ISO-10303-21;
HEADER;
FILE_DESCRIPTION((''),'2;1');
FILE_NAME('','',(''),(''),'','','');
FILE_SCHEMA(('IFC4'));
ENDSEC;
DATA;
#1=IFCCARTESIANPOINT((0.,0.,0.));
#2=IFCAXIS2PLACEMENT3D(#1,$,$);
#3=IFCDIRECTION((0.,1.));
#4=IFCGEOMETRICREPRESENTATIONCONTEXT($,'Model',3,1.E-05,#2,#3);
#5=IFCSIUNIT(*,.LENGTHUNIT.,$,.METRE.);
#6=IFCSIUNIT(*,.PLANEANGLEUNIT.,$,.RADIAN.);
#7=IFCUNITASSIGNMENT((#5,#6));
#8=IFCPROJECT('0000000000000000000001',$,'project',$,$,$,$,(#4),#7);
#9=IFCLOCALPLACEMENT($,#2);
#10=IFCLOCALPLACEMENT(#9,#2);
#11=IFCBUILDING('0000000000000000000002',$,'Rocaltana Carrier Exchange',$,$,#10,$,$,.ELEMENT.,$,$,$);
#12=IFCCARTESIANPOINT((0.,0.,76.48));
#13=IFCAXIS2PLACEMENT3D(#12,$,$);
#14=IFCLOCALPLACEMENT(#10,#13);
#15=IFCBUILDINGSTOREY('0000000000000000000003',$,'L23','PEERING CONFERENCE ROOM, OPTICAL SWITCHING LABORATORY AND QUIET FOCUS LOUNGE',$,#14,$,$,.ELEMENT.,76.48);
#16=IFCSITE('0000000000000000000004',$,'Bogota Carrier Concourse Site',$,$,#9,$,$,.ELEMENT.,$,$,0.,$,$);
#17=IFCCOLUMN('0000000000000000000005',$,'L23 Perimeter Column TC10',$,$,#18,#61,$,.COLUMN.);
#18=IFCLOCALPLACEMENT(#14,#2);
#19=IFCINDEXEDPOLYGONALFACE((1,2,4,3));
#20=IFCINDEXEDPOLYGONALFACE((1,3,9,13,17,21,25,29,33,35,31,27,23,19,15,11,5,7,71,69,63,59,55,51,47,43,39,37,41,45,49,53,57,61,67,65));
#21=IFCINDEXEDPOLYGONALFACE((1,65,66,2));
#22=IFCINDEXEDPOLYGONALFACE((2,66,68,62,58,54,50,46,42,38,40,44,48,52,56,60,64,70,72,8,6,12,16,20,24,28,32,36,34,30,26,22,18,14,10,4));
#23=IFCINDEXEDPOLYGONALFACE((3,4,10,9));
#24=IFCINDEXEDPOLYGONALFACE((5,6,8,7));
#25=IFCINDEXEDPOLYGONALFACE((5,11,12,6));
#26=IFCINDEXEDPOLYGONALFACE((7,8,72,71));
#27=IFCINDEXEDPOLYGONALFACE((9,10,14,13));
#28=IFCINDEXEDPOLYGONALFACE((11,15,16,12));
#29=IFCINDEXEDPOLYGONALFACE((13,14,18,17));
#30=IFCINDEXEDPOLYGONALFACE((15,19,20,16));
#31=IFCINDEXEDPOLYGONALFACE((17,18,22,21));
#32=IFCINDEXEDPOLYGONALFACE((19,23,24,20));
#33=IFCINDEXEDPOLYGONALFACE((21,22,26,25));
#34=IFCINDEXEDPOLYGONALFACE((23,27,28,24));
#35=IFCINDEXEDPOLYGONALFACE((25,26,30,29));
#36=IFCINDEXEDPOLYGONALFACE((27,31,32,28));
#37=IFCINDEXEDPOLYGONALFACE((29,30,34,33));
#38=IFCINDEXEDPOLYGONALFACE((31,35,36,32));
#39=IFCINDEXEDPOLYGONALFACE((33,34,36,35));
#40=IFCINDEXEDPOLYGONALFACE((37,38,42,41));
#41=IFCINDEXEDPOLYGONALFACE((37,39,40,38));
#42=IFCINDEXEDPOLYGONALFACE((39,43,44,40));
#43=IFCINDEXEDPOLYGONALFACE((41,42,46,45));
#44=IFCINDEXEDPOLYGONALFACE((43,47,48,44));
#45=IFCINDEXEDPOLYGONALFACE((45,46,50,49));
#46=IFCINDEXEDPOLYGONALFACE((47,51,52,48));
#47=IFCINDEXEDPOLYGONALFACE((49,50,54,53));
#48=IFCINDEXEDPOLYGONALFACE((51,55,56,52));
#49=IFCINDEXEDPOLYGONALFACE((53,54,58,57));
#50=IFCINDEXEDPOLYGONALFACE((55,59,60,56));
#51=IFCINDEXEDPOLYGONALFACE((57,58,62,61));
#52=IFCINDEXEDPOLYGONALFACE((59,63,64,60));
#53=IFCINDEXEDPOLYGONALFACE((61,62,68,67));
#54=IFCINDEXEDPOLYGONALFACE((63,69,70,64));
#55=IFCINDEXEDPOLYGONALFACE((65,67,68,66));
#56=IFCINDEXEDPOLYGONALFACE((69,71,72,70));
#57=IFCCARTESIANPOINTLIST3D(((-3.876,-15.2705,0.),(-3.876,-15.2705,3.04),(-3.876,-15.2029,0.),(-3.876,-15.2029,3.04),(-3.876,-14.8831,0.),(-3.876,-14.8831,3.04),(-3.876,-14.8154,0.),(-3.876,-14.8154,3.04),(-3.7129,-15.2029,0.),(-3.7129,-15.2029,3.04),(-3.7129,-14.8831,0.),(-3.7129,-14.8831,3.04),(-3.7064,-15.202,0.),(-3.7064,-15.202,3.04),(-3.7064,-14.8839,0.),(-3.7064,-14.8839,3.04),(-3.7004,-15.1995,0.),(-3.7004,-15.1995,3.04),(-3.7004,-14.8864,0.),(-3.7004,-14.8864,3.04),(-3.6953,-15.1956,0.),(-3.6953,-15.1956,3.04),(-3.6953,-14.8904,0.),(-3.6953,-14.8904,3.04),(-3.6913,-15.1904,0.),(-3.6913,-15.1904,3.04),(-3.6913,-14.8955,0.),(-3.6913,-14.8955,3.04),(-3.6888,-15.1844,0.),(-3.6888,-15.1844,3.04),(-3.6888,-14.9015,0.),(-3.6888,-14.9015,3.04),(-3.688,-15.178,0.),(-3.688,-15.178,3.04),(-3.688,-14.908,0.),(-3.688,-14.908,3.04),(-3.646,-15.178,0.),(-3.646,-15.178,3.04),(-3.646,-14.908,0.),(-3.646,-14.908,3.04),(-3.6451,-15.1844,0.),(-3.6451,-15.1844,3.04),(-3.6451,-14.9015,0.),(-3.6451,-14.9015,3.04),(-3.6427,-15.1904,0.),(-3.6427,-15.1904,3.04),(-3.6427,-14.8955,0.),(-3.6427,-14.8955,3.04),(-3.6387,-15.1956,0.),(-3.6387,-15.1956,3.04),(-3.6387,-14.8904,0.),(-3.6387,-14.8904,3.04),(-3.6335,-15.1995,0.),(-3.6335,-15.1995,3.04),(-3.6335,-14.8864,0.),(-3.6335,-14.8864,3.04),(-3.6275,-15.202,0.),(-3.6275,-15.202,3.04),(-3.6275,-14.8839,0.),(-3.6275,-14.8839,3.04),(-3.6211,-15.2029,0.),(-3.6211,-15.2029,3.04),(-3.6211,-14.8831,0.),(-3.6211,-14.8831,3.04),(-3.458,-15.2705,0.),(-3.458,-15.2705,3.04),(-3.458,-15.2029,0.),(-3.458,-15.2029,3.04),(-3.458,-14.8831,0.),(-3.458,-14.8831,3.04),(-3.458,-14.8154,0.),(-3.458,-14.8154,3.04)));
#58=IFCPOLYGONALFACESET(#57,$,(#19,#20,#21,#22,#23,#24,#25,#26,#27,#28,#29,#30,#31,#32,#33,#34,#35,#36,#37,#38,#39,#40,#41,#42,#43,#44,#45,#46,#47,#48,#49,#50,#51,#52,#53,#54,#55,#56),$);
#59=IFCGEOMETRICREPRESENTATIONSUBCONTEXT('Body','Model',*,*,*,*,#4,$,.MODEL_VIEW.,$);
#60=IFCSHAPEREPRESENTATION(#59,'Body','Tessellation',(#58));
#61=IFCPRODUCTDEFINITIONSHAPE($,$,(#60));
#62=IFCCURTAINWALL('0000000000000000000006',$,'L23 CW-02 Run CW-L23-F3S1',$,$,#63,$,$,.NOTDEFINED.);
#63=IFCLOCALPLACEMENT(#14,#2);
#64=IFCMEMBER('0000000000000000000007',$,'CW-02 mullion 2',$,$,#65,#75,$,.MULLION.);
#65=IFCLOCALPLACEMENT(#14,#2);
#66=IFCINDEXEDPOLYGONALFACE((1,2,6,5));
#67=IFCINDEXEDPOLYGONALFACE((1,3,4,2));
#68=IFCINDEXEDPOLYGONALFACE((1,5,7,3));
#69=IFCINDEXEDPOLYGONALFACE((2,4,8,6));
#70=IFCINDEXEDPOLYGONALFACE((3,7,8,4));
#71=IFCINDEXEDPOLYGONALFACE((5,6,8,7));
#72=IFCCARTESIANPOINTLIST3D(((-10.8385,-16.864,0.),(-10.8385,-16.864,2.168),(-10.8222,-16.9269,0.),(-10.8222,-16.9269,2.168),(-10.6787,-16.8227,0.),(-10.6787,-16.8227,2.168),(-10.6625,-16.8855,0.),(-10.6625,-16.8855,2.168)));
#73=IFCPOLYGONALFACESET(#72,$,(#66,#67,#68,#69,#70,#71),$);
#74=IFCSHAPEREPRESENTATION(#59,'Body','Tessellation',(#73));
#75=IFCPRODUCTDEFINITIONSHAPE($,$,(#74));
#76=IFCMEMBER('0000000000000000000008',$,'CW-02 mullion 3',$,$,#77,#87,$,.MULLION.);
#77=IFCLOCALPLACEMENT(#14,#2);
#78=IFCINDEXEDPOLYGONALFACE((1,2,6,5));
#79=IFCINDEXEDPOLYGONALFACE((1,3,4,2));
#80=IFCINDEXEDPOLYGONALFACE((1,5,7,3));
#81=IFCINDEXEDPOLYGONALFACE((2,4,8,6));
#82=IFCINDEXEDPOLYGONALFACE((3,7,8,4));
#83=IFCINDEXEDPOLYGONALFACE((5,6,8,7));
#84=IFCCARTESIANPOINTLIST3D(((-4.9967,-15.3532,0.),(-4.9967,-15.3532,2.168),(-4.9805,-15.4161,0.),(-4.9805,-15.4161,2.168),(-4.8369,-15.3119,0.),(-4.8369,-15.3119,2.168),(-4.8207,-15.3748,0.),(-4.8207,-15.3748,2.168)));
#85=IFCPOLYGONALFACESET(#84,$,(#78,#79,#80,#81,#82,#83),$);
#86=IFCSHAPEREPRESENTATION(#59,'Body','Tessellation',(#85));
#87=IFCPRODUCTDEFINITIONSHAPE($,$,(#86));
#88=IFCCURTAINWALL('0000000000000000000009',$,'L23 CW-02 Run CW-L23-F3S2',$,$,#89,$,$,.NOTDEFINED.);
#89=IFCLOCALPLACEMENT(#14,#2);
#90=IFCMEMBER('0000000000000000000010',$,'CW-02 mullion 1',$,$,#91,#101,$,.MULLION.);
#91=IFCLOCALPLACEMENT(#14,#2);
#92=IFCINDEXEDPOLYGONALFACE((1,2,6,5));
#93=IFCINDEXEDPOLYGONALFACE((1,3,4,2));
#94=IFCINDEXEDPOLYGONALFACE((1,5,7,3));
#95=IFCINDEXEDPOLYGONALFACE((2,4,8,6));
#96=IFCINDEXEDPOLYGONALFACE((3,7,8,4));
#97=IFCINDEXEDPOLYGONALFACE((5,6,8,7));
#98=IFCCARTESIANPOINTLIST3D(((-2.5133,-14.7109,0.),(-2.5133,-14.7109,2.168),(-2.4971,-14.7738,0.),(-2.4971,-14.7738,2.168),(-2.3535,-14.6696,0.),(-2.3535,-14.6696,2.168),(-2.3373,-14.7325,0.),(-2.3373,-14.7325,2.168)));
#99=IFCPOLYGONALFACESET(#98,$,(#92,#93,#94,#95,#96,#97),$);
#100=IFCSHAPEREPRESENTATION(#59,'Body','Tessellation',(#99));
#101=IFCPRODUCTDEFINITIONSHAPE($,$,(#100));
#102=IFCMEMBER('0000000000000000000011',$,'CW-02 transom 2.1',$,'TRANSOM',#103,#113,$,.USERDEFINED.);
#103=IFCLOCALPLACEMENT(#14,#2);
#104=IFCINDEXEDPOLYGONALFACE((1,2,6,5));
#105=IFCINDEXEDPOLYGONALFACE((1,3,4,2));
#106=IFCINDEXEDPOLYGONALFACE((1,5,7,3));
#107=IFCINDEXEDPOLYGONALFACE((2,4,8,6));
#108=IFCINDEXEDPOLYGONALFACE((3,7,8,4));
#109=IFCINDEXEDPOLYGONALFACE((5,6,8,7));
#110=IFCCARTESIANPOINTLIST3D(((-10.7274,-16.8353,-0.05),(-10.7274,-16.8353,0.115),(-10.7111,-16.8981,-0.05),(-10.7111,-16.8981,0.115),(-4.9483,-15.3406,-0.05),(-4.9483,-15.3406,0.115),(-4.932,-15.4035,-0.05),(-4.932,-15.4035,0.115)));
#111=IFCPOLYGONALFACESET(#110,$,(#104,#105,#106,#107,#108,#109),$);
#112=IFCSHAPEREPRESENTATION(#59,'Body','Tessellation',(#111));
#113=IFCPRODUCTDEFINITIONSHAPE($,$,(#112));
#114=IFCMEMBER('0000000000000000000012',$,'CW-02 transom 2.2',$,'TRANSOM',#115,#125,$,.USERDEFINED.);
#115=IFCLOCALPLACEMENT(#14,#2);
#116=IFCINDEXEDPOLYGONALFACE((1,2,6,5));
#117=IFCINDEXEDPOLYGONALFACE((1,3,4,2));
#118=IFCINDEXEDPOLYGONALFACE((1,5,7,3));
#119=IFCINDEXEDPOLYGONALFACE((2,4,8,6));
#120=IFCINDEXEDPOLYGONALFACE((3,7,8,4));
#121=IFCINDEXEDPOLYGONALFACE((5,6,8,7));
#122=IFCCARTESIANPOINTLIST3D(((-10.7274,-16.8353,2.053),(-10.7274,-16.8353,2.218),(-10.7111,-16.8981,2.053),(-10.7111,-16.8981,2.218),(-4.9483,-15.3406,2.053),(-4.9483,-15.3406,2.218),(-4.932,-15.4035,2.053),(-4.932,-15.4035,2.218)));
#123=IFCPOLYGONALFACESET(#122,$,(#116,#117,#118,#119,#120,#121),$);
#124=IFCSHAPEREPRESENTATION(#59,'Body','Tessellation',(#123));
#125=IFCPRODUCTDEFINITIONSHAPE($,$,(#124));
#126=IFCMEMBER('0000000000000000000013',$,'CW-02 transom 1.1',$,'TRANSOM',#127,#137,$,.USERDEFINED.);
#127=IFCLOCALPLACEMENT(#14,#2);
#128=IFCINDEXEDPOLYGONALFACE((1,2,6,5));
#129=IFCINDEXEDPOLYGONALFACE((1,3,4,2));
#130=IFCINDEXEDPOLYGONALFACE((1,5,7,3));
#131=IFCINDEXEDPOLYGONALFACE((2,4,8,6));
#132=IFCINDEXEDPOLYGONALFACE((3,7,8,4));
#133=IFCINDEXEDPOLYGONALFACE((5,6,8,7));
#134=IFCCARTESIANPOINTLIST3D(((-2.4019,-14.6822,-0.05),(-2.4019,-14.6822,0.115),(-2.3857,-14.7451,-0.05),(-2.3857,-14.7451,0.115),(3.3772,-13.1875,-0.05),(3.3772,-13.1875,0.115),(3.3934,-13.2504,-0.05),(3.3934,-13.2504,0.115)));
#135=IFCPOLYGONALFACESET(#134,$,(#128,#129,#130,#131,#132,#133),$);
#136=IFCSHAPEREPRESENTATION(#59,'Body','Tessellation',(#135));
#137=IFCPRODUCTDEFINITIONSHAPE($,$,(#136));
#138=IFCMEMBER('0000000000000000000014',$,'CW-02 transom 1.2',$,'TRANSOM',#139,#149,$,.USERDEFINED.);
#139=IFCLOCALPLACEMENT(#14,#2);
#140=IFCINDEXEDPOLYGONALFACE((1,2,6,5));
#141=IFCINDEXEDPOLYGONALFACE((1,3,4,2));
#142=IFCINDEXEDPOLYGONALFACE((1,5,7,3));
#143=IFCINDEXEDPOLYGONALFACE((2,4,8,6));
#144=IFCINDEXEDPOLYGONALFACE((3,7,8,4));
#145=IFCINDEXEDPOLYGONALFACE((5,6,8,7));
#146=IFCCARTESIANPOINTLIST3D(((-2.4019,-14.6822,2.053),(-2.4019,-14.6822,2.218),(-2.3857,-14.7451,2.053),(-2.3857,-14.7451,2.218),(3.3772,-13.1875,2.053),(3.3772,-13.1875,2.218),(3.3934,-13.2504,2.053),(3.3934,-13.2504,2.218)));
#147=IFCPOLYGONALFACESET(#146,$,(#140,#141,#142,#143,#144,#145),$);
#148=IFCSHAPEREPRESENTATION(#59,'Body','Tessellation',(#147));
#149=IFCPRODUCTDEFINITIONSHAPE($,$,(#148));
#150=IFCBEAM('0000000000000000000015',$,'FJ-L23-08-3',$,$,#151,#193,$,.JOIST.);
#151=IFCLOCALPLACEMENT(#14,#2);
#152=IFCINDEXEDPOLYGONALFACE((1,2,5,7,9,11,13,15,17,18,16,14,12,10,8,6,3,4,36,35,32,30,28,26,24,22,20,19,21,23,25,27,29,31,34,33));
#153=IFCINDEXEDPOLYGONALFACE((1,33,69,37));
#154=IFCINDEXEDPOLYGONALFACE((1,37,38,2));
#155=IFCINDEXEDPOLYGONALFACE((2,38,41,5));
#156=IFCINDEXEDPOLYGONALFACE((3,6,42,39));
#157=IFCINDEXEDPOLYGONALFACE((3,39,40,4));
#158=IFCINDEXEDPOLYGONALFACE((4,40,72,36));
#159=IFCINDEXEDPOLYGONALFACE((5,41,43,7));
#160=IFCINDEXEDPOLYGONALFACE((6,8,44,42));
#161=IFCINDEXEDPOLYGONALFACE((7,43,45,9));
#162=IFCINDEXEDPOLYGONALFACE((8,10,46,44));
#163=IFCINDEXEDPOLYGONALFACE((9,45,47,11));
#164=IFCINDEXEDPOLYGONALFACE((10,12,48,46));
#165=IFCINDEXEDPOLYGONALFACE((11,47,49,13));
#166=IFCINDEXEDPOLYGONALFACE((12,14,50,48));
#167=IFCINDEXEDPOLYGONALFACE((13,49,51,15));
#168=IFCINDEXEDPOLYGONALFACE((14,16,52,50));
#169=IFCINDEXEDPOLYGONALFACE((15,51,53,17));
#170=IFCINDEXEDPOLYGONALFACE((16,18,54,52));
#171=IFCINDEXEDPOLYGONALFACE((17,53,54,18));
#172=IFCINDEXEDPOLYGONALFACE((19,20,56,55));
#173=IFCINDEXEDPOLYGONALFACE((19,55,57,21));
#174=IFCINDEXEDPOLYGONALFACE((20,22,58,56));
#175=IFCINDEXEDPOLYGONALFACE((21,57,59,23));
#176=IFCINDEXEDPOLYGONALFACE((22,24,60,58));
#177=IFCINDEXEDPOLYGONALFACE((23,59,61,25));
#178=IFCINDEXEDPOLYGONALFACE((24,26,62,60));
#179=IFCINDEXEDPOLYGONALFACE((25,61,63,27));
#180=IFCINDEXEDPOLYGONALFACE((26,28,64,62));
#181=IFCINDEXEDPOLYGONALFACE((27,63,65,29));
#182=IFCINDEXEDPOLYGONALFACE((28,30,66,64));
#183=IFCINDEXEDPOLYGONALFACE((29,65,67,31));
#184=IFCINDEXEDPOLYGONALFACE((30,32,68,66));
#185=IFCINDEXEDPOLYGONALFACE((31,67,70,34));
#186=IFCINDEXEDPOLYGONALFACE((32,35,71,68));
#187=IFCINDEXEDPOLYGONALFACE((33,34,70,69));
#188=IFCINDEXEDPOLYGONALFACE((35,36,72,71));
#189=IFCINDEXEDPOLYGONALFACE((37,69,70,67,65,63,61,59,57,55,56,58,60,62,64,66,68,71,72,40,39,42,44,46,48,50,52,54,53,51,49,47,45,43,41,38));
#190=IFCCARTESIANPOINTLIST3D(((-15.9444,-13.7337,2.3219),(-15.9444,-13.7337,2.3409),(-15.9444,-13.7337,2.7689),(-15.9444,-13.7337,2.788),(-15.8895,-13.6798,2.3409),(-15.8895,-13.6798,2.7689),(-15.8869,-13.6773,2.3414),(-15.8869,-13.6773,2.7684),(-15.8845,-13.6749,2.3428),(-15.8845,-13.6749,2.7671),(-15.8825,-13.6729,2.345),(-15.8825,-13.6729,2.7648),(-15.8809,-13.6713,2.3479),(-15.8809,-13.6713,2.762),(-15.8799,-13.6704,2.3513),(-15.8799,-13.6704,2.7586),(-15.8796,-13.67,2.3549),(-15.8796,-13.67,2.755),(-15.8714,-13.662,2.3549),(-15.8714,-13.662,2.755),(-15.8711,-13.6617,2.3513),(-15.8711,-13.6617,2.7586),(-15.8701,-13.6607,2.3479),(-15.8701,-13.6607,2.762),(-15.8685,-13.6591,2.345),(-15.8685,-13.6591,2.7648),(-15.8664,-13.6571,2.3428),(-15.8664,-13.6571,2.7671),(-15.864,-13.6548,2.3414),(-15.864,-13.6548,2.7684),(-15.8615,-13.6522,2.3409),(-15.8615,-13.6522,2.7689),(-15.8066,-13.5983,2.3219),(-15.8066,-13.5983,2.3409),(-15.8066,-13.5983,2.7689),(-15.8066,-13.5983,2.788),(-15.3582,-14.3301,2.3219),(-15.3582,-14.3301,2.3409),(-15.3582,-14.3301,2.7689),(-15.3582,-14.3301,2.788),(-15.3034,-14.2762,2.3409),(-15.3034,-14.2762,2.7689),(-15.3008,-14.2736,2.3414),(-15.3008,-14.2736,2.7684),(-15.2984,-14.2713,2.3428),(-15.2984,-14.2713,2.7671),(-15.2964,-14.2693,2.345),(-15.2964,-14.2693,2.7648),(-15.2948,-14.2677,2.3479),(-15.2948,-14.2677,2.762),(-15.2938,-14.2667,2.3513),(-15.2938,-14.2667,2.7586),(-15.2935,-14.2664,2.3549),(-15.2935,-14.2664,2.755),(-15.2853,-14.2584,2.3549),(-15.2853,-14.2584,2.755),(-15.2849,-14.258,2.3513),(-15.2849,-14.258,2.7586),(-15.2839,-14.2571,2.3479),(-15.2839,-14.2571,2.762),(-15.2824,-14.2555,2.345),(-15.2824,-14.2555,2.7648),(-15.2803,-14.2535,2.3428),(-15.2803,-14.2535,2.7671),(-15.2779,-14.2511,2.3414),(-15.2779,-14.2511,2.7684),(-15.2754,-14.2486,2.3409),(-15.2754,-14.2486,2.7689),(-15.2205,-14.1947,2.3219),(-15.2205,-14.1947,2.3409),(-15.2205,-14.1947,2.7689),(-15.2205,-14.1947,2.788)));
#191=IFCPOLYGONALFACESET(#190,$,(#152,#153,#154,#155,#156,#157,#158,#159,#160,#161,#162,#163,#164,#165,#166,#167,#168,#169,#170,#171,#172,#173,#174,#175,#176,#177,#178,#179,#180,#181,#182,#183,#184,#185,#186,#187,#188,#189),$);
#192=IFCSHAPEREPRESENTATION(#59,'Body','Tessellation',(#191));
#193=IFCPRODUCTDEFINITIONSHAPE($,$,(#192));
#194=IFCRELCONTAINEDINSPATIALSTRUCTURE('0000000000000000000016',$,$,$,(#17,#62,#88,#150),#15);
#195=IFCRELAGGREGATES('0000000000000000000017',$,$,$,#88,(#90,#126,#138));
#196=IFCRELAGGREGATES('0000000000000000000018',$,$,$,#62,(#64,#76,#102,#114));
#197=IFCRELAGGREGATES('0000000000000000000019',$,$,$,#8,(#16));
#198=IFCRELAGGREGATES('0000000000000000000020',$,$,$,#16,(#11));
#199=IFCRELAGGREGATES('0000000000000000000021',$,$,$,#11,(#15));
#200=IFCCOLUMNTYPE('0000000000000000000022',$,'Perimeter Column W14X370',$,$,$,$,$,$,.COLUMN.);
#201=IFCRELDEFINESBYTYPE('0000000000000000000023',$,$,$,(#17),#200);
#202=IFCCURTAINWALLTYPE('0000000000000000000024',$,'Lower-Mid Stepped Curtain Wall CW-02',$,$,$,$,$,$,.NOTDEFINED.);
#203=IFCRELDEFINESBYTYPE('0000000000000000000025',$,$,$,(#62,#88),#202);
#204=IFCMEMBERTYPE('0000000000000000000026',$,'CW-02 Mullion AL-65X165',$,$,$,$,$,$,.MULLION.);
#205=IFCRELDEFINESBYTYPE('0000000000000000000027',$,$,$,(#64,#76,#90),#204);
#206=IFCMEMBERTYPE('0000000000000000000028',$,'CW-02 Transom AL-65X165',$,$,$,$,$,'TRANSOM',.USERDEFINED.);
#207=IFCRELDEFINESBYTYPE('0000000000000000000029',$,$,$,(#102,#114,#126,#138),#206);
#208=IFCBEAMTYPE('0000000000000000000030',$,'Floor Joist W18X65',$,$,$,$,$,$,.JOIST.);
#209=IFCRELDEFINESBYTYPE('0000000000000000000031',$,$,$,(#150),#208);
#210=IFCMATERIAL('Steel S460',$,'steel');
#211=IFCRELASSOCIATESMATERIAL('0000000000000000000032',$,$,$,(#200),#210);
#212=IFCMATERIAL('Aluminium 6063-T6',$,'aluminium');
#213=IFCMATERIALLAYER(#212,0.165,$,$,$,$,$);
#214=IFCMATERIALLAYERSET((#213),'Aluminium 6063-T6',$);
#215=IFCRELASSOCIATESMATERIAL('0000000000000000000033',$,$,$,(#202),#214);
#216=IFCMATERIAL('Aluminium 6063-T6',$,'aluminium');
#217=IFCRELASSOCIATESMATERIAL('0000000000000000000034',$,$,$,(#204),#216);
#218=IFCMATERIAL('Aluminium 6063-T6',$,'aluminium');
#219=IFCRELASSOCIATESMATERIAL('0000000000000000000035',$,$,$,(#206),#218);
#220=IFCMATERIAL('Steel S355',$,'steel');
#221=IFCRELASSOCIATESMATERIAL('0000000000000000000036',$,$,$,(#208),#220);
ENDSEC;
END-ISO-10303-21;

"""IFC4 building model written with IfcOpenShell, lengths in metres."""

from ifc_helpers import new_model, si_unit, direction, frame, origin, origin_2d, place, context, subcontext, project, spatial, rectangle, i_section, extrude, material, layer, layer_set, material_profile, profile_set, type_object, element, aggregate, save


model = new_model("IFC4")

# Units and contexts
model_context = context("Model", 3, precision=1e-05, world=origin(), true_north=direction((0.0, 1.0)))
body_context = subcontext(model_context, "Body", "Model", "MODEL_VIEW")
ifc_project = project(units=[si_unit("LENGTHUNIT", "METRE"), si_unit("PLANEANGLEUNIT", "RADIAN")], contexts=[model_context])

# Site, building, storey
site_placement = place(None, origin())
site = spatial("IfcSite", under=ifc_project, at=site_placement, Name="Bogota Carrier Concourse Site", CompositionType="ELEMENT", RefElevation=0.0)
building_placement = place(site_placement, origin())
building = spatial("IfcBuilding", under=site, at=building_placement, Name="Rocaltana Carrier Exchange", CompositionType="ELEMENT")
storey_placement = place(building_placement, frame((0.0, 0.0, 76.48)))
storey = spatial("IfcBuildingStorey", under=building, at=storey_placement, Name="L23", Description="PEERING CONFERENCE ROOM, OPTICAL SWITCHING LABORATORY AND QUIET FOCUS LOUNGE", CompositionType="ELEMENT", Elevation=76.48)

# Column
ifc_material_1 = material(Name="Steel S460", Category="steel")
ifc_material_profile_1 = material_profile(ifc_material_1, i_section(OverallWidth=0.418, OverallDepth=0.4551, WebThickness=0.042, FlangeThickness=0.0676, FilletRadius=0.0249, at=origin_2d()), Name="W14X370")
ifc_profile_set_1 = profile_set([ifc_material_profile_1], Name="Steel S460")
column_type = type_object("IfcColumnType", Name="Perimeter Column W14X370", PredefinedType="COLUMN", material=ifc_profile_set_1)
column_placement = place(storey_placement, frame((-3.667, -15.043, 0.0), z_axis=(0.0, 0.0, 1.0), x_axis=(1.0, 0.0, 0.0)))
element("IfcColumn", 1, at=column_placement, inside=storey, type_object=column_type, Name="L23 Perimeter Column TC10", PredefinedType="COLUMN", context=body_context, shape_type="SweptSolid", body=[
    extrude(i_section(OverallWidth=0.418, OverallDepth=0.4551, WebThickness=0.042, FlangeThickness=0.0676, FilletRadius=0.0249, at=origin_2d()), origin(), (0.0, 0.0, 1.0), 3.04),
])

# Curtain wall, members
ifc_material_2 = material(Name="Aluminium 6063-T6", Category="aluminium")
ifc_layer_1 = layer(ifc_material_2, 0.165)
ifc_layer_set_1 = layer_set([ifc_layer_1], Name="Aluminium 6063-T6")
curtain_wall_type = type_object("IfcCurtainWallType", Name="Lower-Mid Stepped Curtain Wall CW-02", PredefinedType="NOTDEFINED", material=ifc_layer_set_1)
curtain_wall_1_placement = place(storey_placement, origin())
curtain_wall_1 = element("IfcCurtainWall", 2, at=curtain_wall_1_placement, inside=storey, type_object=curtain_wall_type, Name="L23 CW-02 Run CW-L23-F3S1", PredefinedType="NOTDEFINED")
ifc_material_3 = material(Name="Aluminium 6063-T6", Category="aluminium")
ifc_material_profile_2 = material_profile(ifc_material_3, rectangle(XDim=0.0649, YDim=0.165, at=origin_2d()), Name="AL-65X165")
ifc_profile_set_2 = profile_set([ifc_material_profile_2], Name="Aluminium 6063-T6")
member_type_1 = type_object("IfcMemberType", Name="CW-02 Mullion AL-65X165", PredefinedType="MULLION", material=ifc_profile_set_2)
member_1_placement = place(storey_placement, frame((-10.7505, -16.8748, 0.0), z_axis=(0.0, 0.0, 1.0), x_axis=(-0.250378, 0.968148, 0.0)))
member_1 = element("IfcMember", 3, at=member_1_placement, type_object=member_type_1, Name="CW-02 mullion 2", PredefinedType="MULLION", context=body_context, shape_type="SweptSolid", body=[
    extrude(rectangle(XDim=0.0649, YDim=0.165, at=origin_2d()), origin(), (0.0, 0.0, 1.0), 2.168),
])
member_2_placement = place(storey_placement, frame((-4.9087, -15.364, 0.0), z_axis=(0.0, 0.0, 1.0), x_axis=(-0.250378, 0.968148, 0.0)))
member_2 = element("IfcMember", 4, at=member_2_placement, type_object=member_type_1, Name="CW-02 mullion 3", PredefinedType="MULLION", context=body_context, shape_type="SweptSolid", body=[
    extrude(rectangle(XDim=0.0649, YDim=0.165, at=origin_2d()), origin(), (0.0, 0.0, 1.0), 2.168),
])

# Curtain wall, member
curtain_wall_2_placement = place(storey_placement, origin())
curtain_wall_2 = element("IfcCurtainWall", 5, at=curtain_wall_2_placement, inside=storey, type_object=curtain_wall_type, Name="L23 CW-02 Run CW-L23-F3S2", PredefinedType="NOTDEFINED")
member_3_placement = place(storey_placement, frame((-2.4253, -14.7217, 0.0), z_axis=(0.0, 0.0, 1.0), x_axis=(-0.250378, 0.968148, 0.0)))
member_3 = element("IfcMember", 6, at=member_3_placement, type_object=member_type_1, Name="CW-02 mullion 1", PredefinedType="MULLION", context=body_context, shape_type="SweptSolid", body=[
    extrude(rectangle(XDim=0.0649, YDim=0.165, at=origin_2d()), origin(), (0.0, 0.0, 1.0), 2.168),
])

# Members
ifc_material_4 = material(Name="Aluminium 6063-T6", Category="aluminium")
ifc_material_profile_3 = material_profile(ifc_material_4, rectangle(XDim=0.0649, YDim=0.165, at=origin_2d()), Name="AL-65X165")
ifc_profile_set_3 = profile_set([ifc_material_profile_3], Name="Aluminium 6063-T6")
member_type_2 = type_object("IfcMemberType", Name="CW-02 Transom AL-65X165", ElementType="TRANSOM", PredefinedType="USERDEFINED", material=ifc_profile_set_3)
member_4_placement = place(storey_placement, frame((-10.7192, -16.8667, 0.0325), z_axis=(0.968145, 0.25039, 0.0), x_axis=(-0.25039, 0.968145, 0.0)))
member_4 = element("IfcMember", 7, at=member_4_placement, type_object=member_type_2, Name="CW-02 transom 2.1", ObjectType="TRANSOM", PredefinedType="USERDEFINED", context=body_context, shape_type="SweptSolid", body=[
    extrude(rectangle(XDim=0.0649, YDim=0.165, at=origin_2d()), origin(), (0.0, 0.0, 1.0), 5.9692),
])
member_5_placement = place(storey_placement, frame((-10.7192, -16.8667, 2.1355), z_axis=(0.968145, 0.25039, 0.0), x_axis=(-0.25039, 0.968145, 0.0)))
member_5 = element("IfcMember", 8, at=member_5_placement, type_object=member_type_2, Name="CW-02 transom 2.2", ObjectType="TRANSOM", PredefinedType="USERDEFINED", context=body_context, shape_type="SweptSolid", body=[
    extrude(rectangle(XDim=0.0649, YDim=0.165, at=origin_2d()), origin(), (0.0, 0.0, 1.0), 5.9692),
])
member_6_placement = place(storey_placement, frame((-2.3938, -14.7136, 0.0325), z_axis=(0.968145, 0.25039, 0.0), x_axis=(-0.25039, 0.968145, 0.0)))
member_6 = element("IfcMember", 9, at=member_6_placement, type_object=member_type_2, Name="CW-02 transom 1.1", ObjectType="TRANSOM", PredefinedType="USERDEFINED", context=body_context, shape_type="SweptSolid", body=[
    extrude(rectangle(XDim=0.0649, YDim=0.165, at=origin_2d()), origin(), (0.0, 0.0, 1.0), 5.9692),
])
member_7_placement = place(storey_placement, frame((-2.3938, -14.7136, 2.1355), z_axis=(0.968145, 0.25039, 0.0), x_axis=(-0.25039, 0.968145, 0.0)))
member_7 = element("IfcMember", 10, at=member_7_placement, type_object=member_type_2, Name="CW-02 transom 1.2", ObjectType="TRANSOM", PredefinedType="USERDEFINED", context=body_context, shape_type="SweptSolid", body=[
    extrude(rectangle(XDim=0.0649, YDim=0.165, at=origin_2d()), origin(), (0.0, 0.0, 1.0), 5.9692),
])
aggregate(curtain_wall_2, [member_3, member_6, member_7])

# Beam
ifc_material_5 = material(Name="Steel S355", Category="steel")
ifc_material_profile_4 = material_profile(ifc_material_5, i_section(OverallWidth=0.1931, OverallDepth=0.4661, WebThickness=0.0115, FlangeThickness=0.019, FilletRadius=0.0139, at=origin_2d()), Name="W18X65")
ifc_profile_set_4 = profile_set([ifc_material_profile_4], Name="Steel S355")
beam_type_1 = type_object("IfcBeamType", Name="Floor Joist W18X65", PredefinedType="JOIST", material=ifc_profile_set_4)
beam_1_placement = place(storey_placement, frame((-15.8755, -13.666, 2.5549), z_axis=(0.700949, -0.713211, 0.0), x_axis=(0.713211, 0.700949, 0.0)))
element("IfcBeam", 11, at=beam_1_placement, inside=storey, type_object=beam_type_1, Name="FJ-L23-08-3", PredefinedType="JOIST", context=body_context, shape_type="SweptSolid", body=[
    extrude(i_section(OverallWidth=0.1931, OverallDepth=0.4661, WebThickness=0.0115, FlangeThickness=0.019, FilletRadius=0.0139, at=origin_2d()), origin(), (0.0, 0.0, 1.0), 0.8362),
])

aggregate(curtain_wall_1, [member_1, member_2, member_4, member_5])

save(model, "model.ifc")
